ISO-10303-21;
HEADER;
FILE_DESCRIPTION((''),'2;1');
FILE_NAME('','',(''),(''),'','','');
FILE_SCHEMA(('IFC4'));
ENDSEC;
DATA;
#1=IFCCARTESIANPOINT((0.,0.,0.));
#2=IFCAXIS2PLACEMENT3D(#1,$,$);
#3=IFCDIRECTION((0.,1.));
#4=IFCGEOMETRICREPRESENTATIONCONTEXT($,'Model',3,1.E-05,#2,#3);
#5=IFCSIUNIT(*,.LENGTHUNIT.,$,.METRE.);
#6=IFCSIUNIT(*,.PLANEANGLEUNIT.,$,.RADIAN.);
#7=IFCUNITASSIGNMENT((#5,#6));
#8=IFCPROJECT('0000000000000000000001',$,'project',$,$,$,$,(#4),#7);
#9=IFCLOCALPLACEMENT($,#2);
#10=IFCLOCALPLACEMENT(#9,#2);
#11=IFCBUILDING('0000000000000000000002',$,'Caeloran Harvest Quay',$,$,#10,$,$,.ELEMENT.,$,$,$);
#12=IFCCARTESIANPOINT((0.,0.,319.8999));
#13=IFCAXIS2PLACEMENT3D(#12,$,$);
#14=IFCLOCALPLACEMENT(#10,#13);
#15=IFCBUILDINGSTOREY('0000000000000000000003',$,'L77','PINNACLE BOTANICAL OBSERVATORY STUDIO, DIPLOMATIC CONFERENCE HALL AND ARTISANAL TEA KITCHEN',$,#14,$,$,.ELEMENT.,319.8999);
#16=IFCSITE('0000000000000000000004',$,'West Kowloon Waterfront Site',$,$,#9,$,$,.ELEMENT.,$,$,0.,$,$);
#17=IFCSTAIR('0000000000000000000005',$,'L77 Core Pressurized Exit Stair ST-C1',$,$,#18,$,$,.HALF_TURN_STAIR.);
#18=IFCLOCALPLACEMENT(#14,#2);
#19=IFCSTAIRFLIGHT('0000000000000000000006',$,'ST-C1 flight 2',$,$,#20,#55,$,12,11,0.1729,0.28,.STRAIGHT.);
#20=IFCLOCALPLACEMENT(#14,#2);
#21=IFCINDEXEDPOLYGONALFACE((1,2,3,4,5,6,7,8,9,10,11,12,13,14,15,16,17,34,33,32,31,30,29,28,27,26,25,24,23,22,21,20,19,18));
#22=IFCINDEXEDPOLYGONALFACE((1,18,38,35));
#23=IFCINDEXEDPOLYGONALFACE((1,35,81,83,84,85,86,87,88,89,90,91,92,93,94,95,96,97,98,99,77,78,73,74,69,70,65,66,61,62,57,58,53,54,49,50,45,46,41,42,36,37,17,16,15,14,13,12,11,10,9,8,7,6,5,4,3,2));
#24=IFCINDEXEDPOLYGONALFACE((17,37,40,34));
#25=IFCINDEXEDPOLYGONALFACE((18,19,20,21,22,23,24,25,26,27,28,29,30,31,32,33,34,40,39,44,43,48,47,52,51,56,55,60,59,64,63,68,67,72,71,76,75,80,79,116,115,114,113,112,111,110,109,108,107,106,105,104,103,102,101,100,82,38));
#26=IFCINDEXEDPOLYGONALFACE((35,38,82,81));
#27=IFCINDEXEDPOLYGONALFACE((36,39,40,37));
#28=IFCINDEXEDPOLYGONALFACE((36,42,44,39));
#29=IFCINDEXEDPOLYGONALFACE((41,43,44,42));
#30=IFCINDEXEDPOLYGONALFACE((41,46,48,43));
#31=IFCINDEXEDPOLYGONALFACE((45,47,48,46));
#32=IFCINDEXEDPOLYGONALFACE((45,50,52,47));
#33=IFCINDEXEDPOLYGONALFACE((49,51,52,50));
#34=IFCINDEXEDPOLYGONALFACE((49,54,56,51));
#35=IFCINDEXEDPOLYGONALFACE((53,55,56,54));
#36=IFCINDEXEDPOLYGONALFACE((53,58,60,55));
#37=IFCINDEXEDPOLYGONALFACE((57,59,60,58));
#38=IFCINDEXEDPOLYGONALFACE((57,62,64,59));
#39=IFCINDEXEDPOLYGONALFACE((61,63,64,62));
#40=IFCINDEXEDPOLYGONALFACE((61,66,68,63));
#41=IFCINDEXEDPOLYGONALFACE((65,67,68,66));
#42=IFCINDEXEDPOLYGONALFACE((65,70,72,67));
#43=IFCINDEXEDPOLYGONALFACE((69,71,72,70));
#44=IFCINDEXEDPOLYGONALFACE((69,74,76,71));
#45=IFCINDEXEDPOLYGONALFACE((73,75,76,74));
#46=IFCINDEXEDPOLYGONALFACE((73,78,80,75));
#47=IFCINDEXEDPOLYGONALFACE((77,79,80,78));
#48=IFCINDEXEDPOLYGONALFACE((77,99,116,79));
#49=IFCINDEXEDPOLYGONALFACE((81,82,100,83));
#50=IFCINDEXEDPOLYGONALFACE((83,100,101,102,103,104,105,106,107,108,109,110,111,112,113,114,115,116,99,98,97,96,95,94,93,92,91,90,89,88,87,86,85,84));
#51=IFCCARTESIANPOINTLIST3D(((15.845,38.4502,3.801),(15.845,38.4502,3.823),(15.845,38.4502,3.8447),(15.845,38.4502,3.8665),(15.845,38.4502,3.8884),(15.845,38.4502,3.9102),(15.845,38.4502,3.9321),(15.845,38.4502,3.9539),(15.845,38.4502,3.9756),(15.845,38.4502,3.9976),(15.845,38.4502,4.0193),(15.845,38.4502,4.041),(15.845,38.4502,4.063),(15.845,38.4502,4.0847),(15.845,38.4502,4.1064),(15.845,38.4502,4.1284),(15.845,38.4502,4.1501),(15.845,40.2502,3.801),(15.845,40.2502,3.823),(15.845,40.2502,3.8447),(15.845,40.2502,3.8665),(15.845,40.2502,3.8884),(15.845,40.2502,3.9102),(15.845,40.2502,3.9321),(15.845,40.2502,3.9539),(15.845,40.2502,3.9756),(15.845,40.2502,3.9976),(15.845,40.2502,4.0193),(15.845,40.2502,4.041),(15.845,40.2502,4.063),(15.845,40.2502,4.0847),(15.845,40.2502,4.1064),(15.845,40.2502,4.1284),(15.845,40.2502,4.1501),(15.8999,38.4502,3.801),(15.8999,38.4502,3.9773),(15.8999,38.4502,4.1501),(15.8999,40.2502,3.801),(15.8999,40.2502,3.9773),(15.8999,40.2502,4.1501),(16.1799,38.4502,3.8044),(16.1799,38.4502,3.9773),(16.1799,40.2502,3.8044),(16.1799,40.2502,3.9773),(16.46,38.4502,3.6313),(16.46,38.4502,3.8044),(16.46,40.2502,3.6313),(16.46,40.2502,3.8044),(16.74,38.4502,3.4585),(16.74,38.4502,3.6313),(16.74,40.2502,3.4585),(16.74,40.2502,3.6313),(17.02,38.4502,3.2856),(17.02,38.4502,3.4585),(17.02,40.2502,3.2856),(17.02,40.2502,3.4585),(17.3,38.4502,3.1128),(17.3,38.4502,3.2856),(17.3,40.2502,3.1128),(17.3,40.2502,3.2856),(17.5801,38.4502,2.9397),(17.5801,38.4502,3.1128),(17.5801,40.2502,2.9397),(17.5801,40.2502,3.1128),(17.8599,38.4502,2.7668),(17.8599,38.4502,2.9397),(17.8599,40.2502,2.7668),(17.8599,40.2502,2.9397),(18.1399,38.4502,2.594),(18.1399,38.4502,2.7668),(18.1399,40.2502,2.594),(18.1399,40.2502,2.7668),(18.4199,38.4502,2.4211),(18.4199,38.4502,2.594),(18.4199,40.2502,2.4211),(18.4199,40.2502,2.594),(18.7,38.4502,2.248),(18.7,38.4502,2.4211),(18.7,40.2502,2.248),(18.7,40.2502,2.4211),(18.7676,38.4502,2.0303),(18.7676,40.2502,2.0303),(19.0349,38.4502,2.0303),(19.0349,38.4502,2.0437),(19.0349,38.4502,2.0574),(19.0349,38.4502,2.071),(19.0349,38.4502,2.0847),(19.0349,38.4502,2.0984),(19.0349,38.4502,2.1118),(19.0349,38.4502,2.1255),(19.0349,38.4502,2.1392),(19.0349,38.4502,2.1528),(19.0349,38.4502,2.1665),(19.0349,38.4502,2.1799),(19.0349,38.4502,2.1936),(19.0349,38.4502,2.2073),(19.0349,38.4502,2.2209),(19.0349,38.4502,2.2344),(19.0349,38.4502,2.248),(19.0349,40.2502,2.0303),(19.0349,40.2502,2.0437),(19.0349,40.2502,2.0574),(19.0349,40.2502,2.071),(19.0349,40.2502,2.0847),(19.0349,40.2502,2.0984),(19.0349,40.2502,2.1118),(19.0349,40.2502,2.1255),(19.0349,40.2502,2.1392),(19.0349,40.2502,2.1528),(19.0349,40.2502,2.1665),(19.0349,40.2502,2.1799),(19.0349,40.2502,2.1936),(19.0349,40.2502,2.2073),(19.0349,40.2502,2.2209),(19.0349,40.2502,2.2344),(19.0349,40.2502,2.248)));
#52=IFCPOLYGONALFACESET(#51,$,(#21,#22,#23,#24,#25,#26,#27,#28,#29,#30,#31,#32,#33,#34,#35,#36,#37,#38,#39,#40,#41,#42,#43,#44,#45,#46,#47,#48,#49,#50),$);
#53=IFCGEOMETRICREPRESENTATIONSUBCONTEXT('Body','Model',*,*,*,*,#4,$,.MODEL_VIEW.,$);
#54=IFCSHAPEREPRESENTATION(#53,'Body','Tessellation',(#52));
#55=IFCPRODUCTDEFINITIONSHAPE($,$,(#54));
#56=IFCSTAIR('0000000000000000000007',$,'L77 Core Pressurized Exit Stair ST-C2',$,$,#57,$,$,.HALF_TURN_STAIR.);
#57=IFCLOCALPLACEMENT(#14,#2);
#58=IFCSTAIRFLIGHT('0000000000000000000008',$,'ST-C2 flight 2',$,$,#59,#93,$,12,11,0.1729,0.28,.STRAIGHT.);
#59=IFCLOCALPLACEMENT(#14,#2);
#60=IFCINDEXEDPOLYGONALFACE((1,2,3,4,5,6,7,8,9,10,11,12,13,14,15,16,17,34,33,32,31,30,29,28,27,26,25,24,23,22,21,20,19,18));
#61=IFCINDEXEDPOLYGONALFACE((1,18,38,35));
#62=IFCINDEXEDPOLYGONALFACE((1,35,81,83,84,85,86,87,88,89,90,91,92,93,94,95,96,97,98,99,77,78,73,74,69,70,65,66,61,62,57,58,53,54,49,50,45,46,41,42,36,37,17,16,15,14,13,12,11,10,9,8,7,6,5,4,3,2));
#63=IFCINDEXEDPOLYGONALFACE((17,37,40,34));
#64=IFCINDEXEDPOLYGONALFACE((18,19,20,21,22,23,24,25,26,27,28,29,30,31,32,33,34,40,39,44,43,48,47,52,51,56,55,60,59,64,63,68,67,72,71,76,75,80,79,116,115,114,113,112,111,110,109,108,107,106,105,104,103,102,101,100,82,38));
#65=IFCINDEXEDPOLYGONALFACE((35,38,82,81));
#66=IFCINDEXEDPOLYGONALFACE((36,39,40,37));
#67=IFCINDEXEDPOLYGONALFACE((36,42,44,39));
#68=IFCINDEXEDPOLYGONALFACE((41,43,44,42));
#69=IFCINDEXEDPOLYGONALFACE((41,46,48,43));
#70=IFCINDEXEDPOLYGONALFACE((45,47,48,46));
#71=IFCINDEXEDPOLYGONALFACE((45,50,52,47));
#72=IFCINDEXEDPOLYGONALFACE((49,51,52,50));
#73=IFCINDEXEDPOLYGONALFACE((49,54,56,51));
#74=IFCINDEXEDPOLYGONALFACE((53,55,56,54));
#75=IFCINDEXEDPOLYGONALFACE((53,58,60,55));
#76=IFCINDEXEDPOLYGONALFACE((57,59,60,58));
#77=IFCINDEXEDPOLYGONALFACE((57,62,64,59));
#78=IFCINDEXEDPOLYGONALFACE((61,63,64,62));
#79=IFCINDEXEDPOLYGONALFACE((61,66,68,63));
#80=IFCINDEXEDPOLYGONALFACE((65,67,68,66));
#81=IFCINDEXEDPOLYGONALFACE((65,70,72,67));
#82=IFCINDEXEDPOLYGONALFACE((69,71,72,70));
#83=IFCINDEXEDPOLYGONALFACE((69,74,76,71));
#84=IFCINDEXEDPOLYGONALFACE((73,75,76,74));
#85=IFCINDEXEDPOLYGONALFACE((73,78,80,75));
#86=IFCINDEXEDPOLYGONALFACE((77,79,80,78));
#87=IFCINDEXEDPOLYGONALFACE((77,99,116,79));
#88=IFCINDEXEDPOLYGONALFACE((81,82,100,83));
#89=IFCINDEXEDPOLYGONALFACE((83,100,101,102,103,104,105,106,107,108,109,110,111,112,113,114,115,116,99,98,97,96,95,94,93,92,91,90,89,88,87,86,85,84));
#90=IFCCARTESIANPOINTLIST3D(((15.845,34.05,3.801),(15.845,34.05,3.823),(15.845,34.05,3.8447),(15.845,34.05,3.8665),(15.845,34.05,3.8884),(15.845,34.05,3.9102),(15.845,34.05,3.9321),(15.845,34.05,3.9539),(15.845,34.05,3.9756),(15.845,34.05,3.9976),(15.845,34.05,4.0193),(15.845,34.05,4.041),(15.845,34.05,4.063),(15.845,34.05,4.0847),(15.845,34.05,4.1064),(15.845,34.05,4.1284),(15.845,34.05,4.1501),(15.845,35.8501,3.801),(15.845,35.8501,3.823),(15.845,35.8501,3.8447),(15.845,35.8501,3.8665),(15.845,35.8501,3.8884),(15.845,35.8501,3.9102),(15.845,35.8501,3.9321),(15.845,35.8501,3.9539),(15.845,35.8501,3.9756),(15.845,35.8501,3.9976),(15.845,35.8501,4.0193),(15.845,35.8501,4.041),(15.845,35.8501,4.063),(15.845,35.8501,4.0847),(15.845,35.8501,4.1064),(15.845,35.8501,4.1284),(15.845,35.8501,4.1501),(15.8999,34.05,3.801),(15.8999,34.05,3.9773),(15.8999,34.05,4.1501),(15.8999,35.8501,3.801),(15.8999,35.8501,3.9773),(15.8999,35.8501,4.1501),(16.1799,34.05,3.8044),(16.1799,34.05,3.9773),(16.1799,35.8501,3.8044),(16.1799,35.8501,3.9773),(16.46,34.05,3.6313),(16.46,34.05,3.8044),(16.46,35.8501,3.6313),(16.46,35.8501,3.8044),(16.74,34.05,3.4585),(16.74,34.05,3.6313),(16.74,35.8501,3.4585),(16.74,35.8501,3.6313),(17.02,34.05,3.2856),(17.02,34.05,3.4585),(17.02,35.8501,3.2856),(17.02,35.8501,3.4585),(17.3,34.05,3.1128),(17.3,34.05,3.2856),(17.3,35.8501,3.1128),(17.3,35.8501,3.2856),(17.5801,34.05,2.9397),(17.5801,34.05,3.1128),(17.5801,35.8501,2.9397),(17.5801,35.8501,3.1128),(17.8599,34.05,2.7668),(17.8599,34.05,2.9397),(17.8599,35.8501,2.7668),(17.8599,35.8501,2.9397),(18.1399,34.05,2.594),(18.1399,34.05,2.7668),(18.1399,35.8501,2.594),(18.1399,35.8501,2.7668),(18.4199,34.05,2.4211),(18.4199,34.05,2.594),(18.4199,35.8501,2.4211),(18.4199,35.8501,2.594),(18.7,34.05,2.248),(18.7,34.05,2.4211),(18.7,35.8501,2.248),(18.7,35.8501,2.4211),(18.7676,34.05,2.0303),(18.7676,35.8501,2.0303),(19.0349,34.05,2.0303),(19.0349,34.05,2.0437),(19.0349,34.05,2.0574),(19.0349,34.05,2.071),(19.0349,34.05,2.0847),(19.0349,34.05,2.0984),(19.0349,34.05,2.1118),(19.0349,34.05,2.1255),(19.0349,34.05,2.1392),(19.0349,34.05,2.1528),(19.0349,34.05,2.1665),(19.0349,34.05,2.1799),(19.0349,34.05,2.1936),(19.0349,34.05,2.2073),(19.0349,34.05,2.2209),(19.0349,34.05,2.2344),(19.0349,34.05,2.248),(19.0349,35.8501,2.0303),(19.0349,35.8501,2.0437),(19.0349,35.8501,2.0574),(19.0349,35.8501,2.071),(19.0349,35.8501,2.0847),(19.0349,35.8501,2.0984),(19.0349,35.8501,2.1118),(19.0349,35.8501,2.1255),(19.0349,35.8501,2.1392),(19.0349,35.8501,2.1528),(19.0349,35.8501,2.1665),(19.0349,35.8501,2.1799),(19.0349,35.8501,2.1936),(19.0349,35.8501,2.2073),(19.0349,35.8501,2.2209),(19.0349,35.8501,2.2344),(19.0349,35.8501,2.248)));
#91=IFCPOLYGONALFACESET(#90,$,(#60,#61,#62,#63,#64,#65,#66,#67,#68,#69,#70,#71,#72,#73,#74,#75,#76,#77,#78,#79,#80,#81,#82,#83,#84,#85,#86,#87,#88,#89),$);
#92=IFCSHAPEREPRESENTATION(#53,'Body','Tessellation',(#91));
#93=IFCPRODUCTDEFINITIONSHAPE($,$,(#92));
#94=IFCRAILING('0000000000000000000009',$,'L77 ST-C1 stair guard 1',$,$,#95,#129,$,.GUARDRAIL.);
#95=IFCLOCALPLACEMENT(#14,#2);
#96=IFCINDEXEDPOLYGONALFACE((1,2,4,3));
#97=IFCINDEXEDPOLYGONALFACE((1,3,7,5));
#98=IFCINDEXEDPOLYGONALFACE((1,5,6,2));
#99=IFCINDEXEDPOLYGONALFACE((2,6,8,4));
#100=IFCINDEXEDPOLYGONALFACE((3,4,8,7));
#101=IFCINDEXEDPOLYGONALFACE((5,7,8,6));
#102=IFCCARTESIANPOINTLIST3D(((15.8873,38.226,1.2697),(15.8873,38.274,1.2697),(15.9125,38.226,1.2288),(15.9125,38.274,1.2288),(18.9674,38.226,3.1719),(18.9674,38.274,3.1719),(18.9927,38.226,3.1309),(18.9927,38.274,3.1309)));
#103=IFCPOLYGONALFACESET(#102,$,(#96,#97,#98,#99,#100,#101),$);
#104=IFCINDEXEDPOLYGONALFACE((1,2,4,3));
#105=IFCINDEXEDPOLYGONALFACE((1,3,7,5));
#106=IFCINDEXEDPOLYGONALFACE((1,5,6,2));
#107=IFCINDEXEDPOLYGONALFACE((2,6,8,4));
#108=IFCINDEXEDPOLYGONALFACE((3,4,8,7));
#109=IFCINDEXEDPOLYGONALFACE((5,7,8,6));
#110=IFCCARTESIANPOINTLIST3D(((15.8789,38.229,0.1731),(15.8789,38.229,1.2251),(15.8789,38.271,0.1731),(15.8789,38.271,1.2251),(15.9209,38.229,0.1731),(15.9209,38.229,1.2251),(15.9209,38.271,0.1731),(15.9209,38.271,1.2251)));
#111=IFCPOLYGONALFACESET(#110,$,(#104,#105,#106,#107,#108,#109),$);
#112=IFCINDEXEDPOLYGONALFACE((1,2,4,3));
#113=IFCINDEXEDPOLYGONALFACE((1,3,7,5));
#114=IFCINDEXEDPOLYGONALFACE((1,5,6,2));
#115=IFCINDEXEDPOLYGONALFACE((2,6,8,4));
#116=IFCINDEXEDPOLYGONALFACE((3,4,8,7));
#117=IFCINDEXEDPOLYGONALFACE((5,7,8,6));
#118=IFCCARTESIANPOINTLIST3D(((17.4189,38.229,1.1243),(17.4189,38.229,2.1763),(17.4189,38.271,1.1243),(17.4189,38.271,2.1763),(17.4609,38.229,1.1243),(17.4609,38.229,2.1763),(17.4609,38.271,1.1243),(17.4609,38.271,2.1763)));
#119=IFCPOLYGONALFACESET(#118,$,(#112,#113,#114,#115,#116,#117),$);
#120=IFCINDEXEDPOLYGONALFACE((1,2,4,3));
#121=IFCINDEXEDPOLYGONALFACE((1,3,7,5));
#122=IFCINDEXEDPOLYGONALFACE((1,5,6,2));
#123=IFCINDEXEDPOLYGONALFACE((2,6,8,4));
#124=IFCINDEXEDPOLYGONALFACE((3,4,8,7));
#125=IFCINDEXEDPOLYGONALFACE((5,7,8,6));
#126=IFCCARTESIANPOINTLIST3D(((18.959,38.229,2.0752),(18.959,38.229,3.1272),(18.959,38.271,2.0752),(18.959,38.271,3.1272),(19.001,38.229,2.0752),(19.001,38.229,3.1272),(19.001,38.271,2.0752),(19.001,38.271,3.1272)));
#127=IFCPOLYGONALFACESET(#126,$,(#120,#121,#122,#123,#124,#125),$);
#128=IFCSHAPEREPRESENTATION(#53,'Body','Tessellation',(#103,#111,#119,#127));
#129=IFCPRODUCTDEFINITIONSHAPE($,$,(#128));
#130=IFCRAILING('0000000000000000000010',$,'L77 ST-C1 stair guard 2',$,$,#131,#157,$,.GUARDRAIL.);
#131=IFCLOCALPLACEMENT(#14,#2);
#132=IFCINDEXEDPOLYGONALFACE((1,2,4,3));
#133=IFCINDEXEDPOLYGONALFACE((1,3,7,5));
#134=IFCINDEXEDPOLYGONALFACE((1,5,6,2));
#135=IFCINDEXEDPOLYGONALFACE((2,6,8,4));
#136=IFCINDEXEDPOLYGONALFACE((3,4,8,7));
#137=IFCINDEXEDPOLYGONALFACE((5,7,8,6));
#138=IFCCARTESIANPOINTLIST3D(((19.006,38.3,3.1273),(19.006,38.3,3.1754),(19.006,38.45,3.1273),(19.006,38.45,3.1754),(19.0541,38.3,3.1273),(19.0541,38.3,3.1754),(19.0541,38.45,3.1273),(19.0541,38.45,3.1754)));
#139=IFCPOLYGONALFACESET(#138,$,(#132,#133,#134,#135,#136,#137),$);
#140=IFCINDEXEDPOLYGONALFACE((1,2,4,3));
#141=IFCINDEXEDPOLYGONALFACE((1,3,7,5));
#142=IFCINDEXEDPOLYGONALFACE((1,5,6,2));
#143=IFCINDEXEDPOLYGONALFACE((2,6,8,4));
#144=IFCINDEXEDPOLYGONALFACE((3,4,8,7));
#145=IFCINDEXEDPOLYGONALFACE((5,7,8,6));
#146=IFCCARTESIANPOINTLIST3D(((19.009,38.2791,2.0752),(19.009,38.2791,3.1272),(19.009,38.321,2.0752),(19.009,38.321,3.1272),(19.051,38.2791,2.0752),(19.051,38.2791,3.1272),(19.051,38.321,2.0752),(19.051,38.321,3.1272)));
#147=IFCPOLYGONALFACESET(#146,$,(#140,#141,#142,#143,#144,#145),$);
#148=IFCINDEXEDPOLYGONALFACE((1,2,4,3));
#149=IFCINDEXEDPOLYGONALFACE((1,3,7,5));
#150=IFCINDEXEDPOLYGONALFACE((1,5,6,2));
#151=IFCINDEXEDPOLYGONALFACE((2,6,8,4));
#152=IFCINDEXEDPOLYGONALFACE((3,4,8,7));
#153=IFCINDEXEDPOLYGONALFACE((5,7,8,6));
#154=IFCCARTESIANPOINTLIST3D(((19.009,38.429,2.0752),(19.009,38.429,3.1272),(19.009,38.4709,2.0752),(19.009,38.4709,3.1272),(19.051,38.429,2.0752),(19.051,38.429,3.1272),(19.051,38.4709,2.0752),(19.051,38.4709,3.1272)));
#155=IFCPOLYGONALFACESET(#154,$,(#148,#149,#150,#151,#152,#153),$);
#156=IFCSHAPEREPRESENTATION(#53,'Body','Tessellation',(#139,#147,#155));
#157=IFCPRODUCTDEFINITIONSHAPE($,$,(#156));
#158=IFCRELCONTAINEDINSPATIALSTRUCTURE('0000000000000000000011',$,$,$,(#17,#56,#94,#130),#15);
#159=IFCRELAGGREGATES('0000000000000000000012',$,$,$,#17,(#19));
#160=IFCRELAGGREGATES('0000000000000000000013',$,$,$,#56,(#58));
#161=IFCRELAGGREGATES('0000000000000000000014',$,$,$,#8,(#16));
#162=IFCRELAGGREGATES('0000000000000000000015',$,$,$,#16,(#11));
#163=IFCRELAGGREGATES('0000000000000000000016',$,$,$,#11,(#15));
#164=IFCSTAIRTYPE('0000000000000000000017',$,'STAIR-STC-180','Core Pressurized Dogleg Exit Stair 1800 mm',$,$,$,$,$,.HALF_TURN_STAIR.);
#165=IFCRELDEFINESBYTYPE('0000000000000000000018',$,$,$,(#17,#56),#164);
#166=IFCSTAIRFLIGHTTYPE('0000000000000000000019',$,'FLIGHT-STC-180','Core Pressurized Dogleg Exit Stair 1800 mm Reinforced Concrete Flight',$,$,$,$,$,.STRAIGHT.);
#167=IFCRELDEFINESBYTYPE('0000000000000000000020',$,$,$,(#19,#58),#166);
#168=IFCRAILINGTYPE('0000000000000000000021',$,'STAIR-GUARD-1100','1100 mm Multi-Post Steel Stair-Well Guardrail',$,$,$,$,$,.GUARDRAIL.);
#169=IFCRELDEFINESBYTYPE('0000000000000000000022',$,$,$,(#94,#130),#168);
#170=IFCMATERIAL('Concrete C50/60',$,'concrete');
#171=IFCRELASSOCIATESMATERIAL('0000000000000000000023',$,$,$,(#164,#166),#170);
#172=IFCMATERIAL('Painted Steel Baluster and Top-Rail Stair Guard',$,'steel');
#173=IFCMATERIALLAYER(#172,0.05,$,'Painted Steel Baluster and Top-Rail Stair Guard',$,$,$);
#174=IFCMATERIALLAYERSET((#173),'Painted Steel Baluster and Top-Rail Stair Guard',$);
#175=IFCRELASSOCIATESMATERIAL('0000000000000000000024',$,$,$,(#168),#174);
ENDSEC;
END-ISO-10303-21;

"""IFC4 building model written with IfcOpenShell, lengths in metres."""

from ifc_helpers import new_model, si_unit, direction, frame, origin, origin_2d, place, context, subcontext, project, spatial, polyline, rectangle, outline, extrude, material, layer, layer_set, type_object, element, aggregate, save


model = new_model("IFC4")

# Units and contexts
model_context = context("Model", 3, precision=1e-05, world=origin(), true_north=direction((0.0, 1.0)))
body_context = subcontext(model_context, "Body", "Model", "MODEL_VIEW")
ifc_project = project(units=[si_unit("LENGTHUNIT", "METRE"), si_unit("PLANEANGLEUNIT", "RADIAN")], contexts=[model_context])

# Site, building, storey
site_placement = place(None, origin())
site = spatial("IfcSite", under=ifc_project, at=site_placement, Name="West Kowloon Waterfront Site", CompositionType="ELEMENT", RefElevation=0.0)
building_placement = place(site_placement, origin())
building = spatial("IfcBuilding", under=site, at=building_placement, Name="Caeloran Harvest Quay", CompositionType="ELEMENT")
storey_placement = place(building_placement, frame((0.0, 0.0, 319.8999)))
storey = spatial("IfcBuildingStorey", under=building, at=storey_placement, Name="L77", Description="PINNACLE BOTANICAL OBSERVATORY STUDIO, DIPLOMATIC CONFERENCE HALL AND ARTISANAL TEA KITCHEN", CompositionType="ELEMENT", Elevation=319.8999)

# Shared definitions
ifc_material_1 = material(Name="Concrete C50/60", Category="concrete")

# Stair, stair flight
stair_type = type_object("IfcStairType", Name="STAIR-STC-180", Description="Core Pressurized Dogleg Exit Stair 1800 mm", PredefinedType="HALF_TURN_STAIR", material=ifc_material_1)
stair_1_placement = place(storey_placement, origin())
stair_1 = element("IfcStair", 1, at=stair_1_placement, inside=storey, type_object=stair_type, Name="L77 Core Pressurized Exit Stair ST-C1", PredefinedType="HALF_TURN_STAIR")
stair_flight_type = type_object("IfcStairFlightType", Name="FLIGHT-STC-180", Description="Core Pressurized Dogleg Exit Stair 1800 mm Reinforced Concrete Flight", PredefinedType="STRAIGHT", material=ifc_material_1)
stair_flight_1_placement = place(storey_placement, frame((18.98, 39.3501, 2.0752), z_axis=(0.0, 0.0, 1.0), x_axis=(-1.0, 0.0, 0.0)))
stair_flight_1 = element("IfcStairFlight", 2, at=stair_flight_1_placement, type_object=stair_flight_type, Name="ST-C1 flight 2", NumberOfRisers=12, NumberOfTreads=11, PredefinedType="STRAIGHT", RiserHeight=0.1729, TreadLength=0.28, context=body_context, shape_type="SweptSolid", body=[
    extrude(outline(polyline([(-0.0549, -0.0449), (-0.0549, -0.0315), (-0.0549, -0.0178), (-0.0549, -0.0042), (-0.0549, 0.0095), (-0.0549, 0.0232), (-0.0549, 0.0366), (-0.0549, 0.0503), (-0.0549, 0.064), (-0.0549, 0.0776), (-0.0549, 0.0913), (-0.0549, 0.1047), (-0.0549, 0.1184), (-0.0549, 0.1321), (-0.0549, 0.1458), (-0.0549, 0.1592), (-0.0549, 0.1729), (0.28, 0.1729), (0.28, 0.3459), (0.5601, 0.3459), (0.5601, 0.5188), (0.8401, 0.5188), (0.8401, 0.6917), (1.1201, 0.6917), (1.1201, 0.8645), (1.3999, 0.8645), (1.3999, 1.0376), (1.6799, 1.0376), (1.6799, 1.2104), (1.96, 1.2104), (1.96, 1.3833), (2.24, 1.3833), (2.24, 1.5562), (2.52, 1.5562), (2.52, 1.7292), (2.8, 1.7292), (2.8, 1.9021), (3.0801, 1.9021), (3.0801, 2.075), (3.135, 2.075), (3.135, 2.0532), (3.135, 2.0312), (3.135, 2.0095), (3.135, 1.9878), (3.135, 1.9658), (3.135, 1.9441), (3.135, 1.9224), (3.135, 1.9004), (3.135, 1.8787), (3.135, 1.8569), (3.135, 1.835), (3.135, 1.8132), (3.135, 1.7913), (3.135, 1.7695), (3.135, 1.7478), (3.135, 1.7258), (3.0801, 1.7258), (0.2124, -0.0449), (-0.0549, -0.0449)])), frame((0.0, 0.8999, 0.0), z_axis=(0.0, -1.0, 0.0), x_axis=(1.0, 0.0, 0.0)), (0.0, 0.0, 1.0), 1.8),
])
aggregate(stair_1, [stair_flight_1])

# Stair, stair flight
stair_2_placement = place(storey_placement, origin())
stair_2 = element("IfcStair", 3, at=stair_2_placement, inside=storey, type_object=stair_type, Name="L77 Core Pressurized Exit Stair ST-C2", PredefinedType="HALF_TURN_STAIR")
stair_flight_2_placement = place(storey_placement, frame((18.98, 34.95, 2.0752), z_axis=(0.0, 0.0, 1.0), x_axis=(-1.0, 0.0, 0.0)))
stair_flight_2 = element("IfcStairFlight", 4, at=stair_flight_2_placement, type_object=stair_flight_type, Name="ST-C2 flight 2", NumberOfRisers=12, NumberOfTreads=11, PredefinedType="STRAIGHT", RiserHeight=0.1729, TreadLength=0.28, context=body_context, shape_type="SweptSolid", body=[
    extrude(outline(polyline([(-0.0549, -0.0449), (-0.0549, -0.0315), (-0.0549, -0.0178), (-0.0549, -0.0042), (-0.0549, 0.0095), (-0.0549, 0.0232), (-0.0549, 0.0366), (-0.0549, 0.0503), (-0.0549, 0.064), (-0.0549, 0.0776), (-0.0549, 0.0913), (-0.0549, 0.1047), (-0.0549, 0.1184), (-0.0549, 0.1321), (-0.0549, 0.1458), (-0.0549, 0.1592), (-0.0549, 0.1729), (0.28, 0.1729), (0.28, 0.3459), (0.5601, 0.3459), (0.5601, 0.5188), (0.8401, 0.5188), (0.8401, 0.6917), (1.1201, 0.6917), (1.1201, 0.8645), (1.3999, 0.8645), (1.3999, 1.0376), (1.6799, 1.0376), (1.6799, 1.2104), (1.96, 1.2104), (1.96, 1.3833), (2.24, 1.3833), (2.24, 1.5562), (2.52, 1.5562), (2.52, 1.7292), (2.8, 1.7292), (2.8, 1.9021), (3.0801, 1.9021), (3.0801, 2.075), (3.135, 2.075), (3.135, 2.0532), (3.135, 2.0312), (3.135, 2.0095), (3.135, 1.9878), (3.135, 1.9658), (3.135, 1.9441), (3.135, 1.9224), (3.135, 1.9004), (3.135, 1.8787), (3.135, 1.8569), (3.135, 1.835), (3.135, 1.8132), (3.135, 1.7913), (3.135, 1.7695), (3.135, 1.7478), (3.135, 1.7258), (3.0801, 1.7258), (0.2124, -0.0449), (-0.0549, -0.0449)])), frame((0.0, 0.8999, 0.0), z_axis=(0.0, -1.0, 0.0), x_axis=(1.0, 0.0, 0.0)), (0.0, 0.0, 1.0), 1.8),
])
aggregate(stair_2, [stair_flight_2])

# Railings
ifc_material_2 = material(Name="Painted Steel Baluster and Top-Rail Stair Guard", Category="steel")
ifc_layer_1 = layer(ifc_material_2, 0.05, Name="Painted Steel Baluster and Top-Rail Stair Guard")
ifc_layer_set_1 = layer_set([ifc_layer_1], Name="Painted Steel Baluster and Top-Rail Stair Guard")
railing_type_1 = type_object("IfcRailingType", Name="STAIR-GUARD-1100", Description="1100 mm Multi-Post Steel Stair-Well Guardrail", PredefinedType="GUARDRAIL", material=ifc_layer_set_1)
railing_1_placement = place(storey_placement, frame((15.8999, 38.25, 0.1731)))
element("IfcRailing", 5, at=railing_1_placement, inside=storey, type_object=railing_type_1, Name="L77 ST-C1 stair guard 1", PredefinedType="GUARDRAIL", context=body_context, shape_type="SweptSolid", body=[
    extrude(rectangle(XDim=0.0481, YDim=0.0481, at=origin_2d()), frame((0.0, 0.0, 1.0762), z_axis=(0.850835, 0.0, 0.525433), x_axis=(0.0, 1.0, 0.0)), (0.0, 0.0, 1.0), 3.6201),
    extrude(rectangle(XDim=0.042, YDim=0.042, at=origin_2d()), origin(), (0.0, 0.0, 1.0), 1.052),
    extrude(rectangle(XDim=0.042, YDim=0.042, at=origin_2d()), frame((1.54, 0.0, 0.9512)), (0.0, 0.0, 1.0), 1.052),
    extrude(rectangle(XDim=0.042, YDim=0.042, at=origin_2d()), frame((3.0801, 0.0, 1.9021)), (0.0, 0.0, 1.0), 1.052),
])
railing_2_placement = place(storey_placement, frame((19.03, 38.3, 2.0752)))
element("IfcRailing", 6, at=railing_2_placement, inside=storey, type_object=railing_type_1, Name="L77 ST-C1 stair guard 2", PredefinedType="GUARDRAIL", context=body_context, shape_type="SweptSolid", body=[
    extrude(rectangle(XDim=0.0481, YDim=0.0481, at=origin_2d()), frame((0.0, 0.0, 1.0762), z_axis=(0.0, 1.0, 0.0), x_axis=(-1.0, 0.0, 0.0)), (0.0, 0.0, 1.0), 0.1499),
    extrude(rectangle(XDim=0.042, YDim=0.042, at=origin_2d()), origin(), (0.0, 0.0, 1.0), 1.052),
    extrude(rectangle(XDim=0.042, YDim=0.042, at=origin_2d()), frame((0.0, 0.1499, 0.0)), (0.0, 0.0, 1.0), 1.052),
])

save(model, "model.ifc")
